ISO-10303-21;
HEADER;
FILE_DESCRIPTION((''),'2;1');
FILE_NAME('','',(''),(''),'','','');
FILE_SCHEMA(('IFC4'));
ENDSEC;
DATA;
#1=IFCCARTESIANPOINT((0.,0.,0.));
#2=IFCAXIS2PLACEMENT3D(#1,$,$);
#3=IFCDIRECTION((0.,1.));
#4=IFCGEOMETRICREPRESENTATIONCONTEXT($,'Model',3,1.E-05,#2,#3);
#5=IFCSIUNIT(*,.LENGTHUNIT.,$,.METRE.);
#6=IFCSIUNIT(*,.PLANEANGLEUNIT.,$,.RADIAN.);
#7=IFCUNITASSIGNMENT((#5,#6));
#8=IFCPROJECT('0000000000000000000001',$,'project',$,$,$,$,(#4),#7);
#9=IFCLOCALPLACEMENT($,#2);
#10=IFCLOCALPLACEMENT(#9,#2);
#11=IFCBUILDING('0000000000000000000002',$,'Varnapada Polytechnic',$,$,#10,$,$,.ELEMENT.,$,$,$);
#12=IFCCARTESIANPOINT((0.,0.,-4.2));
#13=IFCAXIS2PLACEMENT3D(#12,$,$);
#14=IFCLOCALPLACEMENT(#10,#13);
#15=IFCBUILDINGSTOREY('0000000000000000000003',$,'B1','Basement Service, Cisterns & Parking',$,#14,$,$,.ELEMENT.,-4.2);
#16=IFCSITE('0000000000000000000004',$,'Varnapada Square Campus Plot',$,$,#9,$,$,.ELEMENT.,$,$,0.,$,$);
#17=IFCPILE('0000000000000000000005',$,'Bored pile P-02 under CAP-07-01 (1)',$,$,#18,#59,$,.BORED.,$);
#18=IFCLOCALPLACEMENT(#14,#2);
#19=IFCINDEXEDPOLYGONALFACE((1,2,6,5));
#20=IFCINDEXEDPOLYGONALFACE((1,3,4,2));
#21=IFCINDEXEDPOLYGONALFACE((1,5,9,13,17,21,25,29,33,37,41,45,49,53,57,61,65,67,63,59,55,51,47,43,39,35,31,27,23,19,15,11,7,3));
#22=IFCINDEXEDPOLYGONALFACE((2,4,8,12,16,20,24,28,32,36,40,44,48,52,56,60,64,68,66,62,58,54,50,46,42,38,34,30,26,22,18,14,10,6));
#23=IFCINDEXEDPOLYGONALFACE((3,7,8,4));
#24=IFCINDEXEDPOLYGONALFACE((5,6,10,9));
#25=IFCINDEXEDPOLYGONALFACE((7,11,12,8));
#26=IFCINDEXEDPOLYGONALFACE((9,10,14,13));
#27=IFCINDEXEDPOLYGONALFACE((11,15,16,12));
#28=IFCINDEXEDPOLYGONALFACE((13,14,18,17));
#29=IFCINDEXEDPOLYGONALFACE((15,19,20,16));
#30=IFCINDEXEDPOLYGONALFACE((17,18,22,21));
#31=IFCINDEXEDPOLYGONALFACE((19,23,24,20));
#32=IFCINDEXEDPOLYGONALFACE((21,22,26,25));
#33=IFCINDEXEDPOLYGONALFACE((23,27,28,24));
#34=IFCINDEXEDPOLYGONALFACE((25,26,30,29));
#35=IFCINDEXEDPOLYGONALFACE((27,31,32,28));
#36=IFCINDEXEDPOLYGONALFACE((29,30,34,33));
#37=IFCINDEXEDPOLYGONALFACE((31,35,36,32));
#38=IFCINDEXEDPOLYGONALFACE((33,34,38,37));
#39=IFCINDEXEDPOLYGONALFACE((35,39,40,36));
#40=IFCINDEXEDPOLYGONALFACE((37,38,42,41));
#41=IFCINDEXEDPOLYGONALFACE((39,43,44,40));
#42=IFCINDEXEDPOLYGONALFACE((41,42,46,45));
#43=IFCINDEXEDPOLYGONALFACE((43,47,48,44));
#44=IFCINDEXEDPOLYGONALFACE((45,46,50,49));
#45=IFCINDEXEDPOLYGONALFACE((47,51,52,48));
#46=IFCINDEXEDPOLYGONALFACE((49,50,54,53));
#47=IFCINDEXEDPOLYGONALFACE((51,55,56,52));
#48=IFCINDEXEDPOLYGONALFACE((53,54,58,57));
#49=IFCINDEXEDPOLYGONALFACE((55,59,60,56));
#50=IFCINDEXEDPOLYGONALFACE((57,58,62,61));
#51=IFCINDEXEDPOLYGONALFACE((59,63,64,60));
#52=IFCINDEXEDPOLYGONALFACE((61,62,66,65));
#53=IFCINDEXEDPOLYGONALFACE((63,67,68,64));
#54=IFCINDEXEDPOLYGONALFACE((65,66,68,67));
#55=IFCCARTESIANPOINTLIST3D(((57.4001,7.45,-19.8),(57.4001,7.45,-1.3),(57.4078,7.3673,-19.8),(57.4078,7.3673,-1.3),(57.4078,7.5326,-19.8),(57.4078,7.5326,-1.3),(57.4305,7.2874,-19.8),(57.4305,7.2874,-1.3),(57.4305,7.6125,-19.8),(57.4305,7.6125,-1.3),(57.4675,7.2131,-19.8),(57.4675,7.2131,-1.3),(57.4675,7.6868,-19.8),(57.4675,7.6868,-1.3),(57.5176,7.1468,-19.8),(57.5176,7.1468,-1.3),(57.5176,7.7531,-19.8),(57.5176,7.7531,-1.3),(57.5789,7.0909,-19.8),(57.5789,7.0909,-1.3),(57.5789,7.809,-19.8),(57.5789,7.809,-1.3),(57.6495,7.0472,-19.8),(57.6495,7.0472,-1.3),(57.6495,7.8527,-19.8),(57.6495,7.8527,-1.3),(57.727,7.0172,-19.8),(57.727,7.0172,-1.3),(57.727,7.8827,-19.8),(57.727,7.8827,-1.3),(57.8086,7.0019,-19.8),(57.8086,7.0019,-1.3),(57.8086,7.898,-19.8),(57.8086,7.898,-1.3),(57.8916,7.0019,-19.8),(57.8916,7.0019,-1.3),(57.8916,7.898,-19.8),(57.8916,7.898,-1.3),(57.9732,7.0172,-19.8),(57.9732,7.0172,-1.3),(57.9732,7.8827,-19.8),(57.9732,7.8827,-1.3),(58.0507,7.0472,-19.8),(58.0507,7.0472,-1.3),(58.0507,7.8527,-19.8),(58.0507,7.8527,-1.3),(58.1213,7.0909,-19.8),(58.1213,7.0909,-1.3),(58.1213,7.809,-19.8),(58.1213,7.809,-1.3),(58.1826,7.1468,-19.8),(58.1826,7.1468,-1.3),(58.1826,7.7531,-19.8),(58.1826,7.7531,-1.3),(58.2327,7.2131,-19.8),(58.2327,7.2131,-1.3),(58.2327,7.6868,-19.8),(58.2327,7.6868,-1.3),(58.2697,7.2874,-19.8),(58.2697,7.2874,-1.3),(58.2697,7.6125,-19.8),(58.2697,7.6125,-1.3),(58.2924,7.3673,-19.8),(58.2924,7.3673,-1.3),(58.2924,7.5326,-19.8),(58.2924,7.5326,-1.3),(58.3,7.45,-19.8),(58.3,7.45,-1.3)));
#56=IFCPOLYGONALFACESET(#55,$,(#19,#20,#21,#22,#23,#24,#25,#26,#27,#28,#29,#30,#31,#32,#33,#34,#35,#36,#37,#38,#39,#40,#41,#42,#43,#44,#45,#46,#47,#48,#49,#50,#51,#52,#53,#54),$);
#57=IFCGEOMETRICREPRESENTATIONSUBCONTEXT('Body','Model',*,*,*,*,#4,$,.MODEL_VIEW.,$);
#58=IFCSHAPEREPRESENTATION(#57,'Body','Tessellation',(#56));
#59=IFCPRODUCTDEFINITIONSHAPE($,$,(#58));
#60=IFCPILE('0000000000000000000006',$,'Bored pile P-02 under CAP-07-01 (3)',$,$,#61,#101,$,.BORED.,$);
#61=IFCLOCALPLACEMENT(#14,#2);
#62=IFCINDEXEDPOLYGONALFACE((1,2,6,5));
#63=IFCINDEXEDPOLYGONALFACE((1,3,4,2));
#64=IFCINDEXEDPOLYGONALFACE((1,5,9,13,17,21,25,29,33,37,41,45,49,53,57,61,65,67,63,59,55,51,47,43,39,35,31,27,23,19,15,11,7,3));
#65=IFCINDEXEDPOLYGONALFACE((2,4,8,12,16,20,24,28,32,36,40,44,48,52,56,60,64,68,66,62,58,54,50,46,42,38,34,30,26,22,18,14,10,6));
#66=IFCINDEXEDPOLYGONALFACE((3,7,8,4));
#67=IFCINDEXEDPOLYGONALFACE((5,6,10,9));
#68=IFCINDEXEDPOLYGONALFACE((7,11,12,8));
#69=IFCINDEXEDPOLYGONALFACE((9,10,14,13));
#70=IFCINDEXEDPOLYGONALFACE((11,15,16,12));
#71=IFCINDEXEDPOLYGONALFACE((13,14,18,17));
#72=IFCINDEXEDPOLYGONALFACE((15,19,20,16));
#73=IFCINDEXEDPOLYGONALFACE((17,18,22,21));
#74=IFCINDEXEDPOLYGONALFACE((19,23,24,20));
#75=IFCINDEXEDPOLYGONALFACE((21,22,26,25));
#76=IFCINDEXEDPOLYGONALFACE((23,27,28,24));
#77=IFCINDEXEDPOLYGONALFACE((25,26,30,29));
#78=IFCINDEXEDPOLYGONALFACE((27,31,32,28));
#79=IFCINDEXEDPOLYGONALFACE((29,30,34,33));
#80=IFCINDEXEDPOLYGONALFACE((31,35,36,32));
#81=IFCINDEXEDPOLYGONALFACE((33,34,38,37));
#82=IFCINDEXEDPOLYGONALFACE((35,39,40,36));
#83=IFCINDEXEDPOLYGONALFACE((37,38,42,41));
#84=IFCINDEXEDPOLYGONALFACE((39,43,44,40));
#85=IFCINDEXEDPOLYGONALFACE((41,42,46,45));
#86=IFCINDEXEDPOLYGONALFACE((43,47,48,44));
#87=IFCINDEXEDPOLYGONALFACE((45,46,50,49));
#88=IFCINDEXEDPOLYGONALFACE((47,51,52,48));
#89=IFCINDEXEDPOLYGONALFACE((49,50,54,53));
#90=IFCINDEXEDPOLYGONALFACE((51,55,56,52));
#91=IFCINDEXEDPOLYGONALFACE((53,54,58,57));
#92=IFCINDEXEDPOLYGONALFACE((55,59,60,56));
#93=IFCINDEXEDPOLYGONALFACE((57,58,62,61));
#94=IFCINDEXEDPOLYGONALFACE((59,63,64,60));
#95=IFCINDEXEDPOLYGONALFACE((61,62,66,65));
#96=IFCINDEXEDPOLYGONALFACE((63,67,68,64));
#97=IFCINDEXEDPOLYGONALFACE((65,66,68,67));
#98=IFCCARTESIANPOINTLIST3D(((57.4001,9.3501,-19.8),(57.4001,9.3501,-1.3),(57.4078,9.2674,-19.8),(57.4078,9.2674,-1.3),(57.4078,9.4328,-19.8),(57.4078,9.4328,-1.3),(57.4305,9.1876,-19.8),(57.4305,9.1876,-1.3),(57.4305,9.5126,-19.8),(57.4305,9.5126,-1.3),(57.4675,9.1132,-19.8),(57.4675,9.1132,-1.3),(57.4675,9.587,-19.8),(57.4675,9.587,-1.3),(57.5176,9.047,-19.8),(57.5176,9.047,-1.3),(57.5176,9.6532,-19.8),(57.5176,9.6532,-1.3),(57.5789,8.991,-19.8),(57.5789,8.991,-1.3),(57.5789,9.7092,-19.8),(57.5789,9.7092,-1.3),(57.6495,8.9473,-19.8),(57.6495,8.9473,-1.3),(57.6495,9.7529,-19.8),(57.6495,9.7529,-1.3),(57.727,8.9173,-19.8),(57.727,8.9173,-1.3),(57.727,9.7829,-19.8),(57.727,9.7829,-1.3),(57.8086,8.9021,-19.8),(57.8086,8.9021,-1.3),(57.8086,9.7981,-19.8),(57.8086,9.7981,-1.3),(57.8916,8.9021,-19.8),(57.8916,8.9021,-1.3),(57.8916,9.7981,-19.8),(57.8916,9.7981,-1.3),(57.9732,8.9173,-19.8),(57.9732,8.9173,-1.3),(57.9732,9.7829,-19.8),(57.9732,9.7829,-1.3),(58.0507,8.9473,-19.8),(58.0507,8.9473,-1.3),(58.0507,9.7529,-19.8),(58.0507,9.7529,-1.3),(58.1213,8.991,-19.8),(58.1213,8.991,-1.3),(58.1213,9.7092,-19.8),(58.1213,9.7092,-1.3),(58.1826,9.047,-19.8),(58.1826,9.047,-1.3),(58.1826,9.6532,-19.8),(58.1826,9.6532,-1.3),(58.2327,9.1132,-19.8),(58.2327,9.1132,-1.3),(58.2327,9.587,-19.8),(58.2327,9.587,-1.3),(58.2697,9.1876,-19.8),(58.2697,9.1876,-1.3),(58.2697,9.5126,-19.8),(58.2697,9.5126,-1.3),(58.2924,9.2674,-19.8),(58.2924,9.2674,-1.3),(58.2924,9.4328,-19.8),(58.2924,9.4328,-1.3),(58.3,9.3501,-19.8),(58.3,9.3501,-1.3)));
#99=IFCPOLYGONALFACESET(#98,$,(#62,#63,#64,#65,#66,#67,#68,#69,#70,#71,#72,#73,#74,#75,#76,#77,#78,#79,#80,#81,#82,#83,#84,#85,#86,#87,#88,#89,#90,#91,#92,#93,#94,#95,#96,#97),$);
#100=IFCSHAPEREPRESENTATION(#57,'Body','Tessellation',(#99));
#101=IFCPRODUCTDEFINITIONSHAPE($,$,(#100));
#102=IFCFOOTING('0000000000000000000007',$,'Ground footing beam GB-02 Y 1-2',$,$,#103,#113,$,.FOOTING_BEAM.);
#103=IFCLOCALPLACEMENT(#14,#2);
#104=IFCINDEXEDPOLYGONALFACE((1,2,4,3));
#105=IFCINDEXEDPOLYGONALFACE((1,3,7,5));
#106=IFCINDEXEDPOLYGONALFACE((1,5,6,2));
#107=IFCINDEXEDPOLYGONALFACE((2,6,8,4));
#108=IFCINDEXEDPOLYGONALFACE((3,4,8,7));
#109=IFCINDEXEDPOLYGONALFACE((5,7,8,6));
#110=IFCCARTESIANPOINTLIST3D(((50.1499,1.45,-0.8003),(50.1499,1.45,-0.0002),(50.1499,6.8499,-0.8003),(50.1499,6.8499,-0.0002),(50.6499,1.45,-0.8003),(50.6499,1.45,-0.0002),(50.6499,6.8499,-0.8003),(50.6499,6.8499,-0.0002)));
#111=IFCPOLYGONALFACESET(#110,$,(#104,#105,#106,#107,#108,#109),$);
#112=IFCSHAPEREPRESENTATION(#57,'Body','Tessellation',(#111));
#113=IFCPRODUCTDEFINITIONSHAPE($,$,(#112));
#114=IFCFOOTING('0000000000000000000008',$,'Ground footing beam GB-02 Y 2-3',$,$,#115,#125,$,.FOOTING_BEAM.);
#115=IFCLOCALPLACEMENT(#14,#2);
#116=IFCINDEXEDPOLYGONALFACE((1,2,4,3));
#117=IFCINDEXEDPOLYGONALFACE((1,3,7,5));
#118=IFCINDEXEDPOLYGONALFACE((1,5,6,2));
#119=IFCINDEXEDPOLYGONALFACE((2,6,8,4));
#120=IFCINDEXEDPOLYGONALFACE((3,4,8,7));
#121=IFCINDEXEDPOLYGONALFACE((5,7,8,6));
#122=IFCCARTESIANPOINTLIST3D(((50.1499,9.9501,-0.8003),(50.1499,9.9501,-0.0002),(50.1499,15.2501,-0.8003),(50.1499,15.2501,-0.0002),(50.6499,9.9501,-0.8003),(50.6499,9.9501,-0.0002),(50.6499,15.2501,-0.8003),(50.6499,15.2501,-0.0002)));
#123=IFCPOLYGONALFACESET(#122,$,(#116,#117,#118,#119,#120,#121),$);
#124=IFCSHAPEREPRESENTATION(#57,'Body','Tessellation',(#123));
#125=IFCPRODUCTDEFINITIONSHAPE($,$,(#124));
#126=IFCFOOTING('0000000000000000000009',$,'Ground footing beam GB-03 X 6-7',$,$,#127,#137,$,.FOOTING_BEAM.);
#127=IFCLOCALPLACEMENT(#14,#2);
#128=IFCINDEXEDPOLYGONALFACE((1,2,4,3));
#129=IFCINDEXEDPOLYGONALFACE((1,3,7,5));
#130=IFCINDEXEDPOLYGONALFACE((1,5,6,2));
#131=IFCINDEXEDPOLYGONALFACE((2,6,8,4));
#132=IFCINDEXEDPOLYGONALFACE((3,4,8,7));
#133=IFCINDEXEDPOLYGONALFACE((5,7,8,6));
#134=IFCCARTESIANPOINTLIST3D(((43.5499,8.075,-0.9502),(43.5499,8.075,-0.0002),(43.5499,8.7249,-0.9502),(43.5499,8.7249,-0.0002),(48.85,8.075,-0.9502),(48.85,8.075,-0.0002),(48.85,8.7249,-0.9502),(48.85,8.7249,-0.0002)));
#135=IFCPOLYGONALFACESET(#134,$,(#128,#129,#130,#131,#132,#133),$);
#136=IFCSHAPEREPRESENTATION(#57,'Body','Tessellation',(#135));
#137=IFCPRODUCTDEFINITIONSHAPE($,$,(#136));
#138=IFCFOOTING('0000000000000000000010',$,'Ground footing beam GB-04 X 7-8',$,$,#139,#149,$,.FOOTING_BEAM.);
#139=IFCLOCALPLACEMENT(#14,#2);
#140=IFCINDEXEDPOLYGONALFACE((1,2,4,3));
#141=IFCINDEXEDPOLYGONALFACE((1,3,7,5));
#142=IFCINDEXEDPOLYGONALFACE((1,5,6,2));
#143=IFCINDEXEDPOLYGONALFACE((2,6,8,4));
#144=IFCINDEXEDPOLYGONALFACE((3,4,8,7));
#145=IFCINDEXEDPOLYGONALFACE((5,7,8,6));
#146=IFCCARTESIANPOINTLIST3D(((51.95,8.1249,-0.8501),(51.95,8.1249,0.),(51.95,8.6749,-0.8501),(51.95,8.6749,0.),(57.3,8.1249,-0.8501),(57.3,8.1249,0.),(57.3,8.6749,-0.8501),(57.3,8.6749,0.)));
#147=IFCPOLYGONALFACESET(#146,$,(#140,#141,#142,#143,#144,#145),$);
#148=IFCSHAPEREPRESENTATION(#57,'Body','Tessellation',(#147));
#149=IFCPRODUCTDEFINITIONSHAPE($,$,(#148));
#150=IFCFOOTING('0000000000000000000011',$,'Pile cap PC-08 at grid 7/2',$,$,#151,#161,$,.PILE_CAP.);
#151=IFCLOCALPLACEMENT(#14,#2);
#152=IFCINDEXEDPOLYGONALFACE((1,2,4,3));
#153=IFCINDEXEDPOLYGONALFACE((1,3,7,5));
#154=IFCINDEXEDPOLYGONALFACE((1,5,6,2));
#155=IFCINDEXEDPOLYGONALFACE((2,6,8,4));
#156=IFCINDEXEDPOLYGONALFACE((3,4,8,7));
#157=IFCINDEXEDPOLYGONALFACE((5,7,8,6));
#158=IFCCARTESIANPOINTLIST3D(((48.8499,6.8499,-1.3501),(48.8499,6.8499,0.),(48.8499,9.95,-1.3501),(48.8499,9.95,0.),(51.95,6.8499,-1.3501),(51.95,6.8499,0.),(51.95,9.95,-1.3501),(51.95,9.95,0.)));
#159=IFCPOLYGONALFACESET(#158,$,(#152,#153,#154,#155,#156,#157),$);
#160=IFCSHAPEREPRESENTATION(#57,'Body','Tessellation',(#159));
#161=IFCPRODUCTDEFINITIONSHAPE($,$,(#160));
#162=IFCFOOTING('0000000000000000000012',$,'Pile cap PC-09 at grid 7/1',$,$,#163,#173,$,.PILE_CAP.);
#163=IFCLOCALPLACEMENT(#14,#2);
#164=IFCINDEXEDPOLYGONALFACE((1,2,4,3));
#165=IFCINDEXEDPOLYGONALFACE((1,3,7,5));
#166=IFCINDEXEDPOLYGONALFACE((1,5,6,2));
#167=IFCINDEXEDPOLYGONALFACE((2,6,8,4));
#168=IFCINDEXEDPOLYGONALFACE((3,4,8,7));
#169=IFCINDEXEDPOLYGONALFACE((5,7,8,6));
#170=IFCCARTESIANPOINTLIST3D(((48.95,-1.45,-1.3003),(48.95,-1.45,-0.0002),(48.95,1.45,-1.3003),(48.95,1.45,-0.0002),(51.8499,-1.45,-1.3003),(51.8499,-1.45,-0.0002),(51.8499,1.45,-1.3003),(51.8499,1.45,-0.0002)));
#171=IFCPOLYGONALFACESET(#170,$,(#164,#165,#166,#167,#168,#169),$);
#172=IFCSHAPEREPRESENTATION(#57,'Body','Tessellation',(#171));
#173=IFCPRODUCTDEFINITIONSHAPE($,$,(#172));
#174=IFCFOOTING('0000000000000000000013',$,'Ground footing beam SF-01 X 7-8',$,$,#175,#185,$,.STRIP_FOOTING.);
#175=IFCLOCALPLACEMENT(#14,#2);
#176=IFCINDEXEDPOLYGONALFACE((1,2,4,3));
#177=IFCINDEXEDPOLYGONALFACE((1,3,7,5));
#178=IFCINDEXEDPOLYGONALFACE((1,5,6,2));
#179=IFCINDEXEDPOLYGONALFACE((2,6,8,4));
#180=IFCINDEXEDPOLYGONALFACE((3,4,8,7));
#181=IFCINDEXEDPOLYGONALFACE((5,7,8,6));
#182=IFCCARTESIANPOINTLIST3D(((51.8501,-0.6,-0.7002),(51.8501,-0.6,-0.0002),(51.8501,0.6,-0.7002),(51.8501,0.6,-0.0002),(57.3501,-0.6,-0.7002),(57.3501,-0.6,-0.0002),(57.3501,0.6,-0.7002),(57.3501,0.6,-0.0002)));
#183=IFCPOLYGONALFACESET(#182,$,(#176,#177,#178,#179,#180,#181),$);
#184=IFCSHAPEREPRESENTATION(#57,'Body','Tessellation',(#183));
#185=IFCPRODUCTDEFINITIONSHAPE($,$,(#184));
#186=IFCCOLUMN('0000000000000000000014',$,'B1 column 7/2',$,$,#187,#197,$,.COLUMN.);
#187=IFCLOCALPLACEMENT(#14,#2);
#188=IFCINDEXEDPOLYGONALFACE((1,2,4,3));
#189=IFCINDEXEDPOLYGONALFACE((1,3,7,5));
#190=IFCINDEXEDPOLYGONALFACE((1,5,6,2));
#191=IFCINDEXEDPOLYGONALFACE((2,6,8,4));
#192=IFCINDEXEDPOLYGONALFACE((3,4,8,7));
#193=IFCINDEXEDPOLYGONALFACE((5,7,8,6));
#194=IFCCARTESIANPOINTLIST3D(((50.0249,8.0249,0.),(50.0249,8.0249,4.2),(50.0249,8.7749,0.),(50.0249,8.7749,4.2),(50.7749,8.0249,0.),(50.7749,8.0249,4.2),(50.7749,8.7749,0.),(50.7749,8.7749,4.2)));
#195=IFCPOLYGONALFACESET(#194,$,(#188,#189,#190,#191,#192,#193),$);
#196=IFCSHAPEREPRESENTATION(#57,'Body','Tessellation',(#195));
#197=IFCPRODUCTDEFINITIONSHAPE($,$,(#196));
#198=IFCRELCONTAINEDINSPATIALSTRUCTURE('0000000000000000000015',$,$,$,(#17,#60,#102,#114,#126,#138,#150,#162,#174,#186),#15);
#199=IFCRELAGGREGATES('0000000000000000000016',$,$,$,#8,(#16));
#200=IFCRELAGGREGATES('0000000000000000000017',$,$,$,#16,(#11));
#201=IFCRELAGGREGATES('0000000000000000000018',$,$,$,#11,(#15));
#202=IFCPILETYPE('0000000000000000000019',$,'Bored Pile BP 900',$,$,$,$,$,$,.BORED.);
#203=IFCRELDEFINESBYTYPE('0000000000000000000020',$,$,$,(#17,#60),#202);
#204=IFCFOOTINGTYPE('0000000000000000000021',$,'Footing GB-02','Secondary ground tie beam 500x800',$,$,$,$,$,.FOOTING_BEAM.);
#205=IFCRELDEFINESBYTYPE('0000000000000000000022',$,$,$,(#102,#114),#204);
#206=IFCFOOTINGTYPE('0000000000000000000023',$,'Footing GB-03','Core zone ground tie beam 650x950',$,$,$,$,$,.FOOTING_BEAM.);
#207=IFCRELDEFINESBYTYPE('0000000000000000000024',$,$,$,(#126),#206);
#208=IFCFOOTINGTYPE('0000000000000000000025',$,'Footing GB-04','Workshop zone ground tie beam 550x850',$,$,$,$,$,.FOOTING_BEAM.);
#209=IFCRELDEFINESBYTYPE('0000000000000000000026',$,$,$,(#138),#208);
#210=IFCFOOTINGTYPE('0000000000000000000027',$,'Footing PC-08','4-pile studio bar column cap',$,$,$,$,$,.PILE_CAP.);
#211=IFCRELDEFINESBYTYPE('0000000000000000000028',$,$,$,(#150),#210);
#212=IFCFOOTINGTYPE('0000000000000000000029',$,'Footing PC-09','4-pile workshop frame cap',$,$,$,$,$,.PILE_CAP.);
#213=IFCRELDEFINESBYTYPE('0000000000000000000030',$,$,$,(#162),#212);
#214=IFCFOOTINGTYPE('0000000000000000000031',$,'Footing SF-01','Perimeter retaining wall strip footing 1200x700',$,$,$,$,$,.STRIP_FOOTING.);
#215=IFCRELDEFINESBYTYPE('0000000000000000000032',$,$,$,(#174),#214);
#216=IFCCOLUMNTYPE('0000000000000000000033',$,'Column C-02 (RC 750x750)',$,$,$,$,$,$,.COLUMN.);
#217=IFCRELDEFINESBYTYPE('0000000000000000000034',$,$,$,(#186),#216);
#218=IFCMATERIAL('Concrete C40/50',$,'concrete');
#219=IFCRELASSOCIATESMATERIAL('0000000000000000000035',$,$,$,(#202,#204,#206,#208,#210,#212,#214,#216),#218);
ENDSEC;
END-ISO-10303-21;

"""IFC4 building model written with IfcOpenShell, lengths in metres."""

from ifc_helpers import new_model, si_unit, direction, frame, origin, origin_2d, place, context, subcontext, project, spatial, rectangle, circle, extrude, material, material_profile, profile_set, type_object, element, save


model = new_model("IFC4")

# Units and contexts
model_context = context("Model", 3, precision=1e-05, world=origin(), true_north=direction((0.0, 1.0)))
body_context = subcontext(model_context, "Body", "Model", "MODEL_VIEW")
ifc_project = project(units=[si_unit("LENGTHUNIT", "METRE"), si_unit("PLANEANGLEUNIT", "RADIAN")], contexts=[model_context])

# Site, building, storey
site_placement = place(None, origin())
site = spatial("IfcSite", under=ifc_project, at=site_placement, Name="Varnapada Square Campus Plot", CompositionType="ELEMENT", RefElevation=0.0)
building_placement = place(site_placement, origin())
building = spatial("IfcBuilding", under=site, at=building_placement, Name="Varnapada Polytechnic", CompositionType="ELEMENT")
storey_placement = place(building_placement, frame((0.0, 0.0, -4.2)))
storey = spatial("IfcBuildingStorey", under=building, at=storey_placement, Name="B1", Description="Basement Service, Cisterns & Parking", CompositionType="ELEMENT", Elevation=-4.2)

# Piles
ifc_material_1 = material(Name="Concrete C40/50", Category="concrete")
ifc_material_profile_1 = material_profile(ifc_material_1, circle(Radius=0.45, at=origin_2d()), Name="BP 900")
ifc_profile_set_1 = profile_set([ifc_material_profile_1], Name="Concrete C40/50")
pile_type_1 = type_object("IfcPileType", Name="Bored Pile BP 900", PredefinedType="BORED", material=ifc_profile_set_1)
for number, where, z_axis, x_axis, name in (
    (1, (57.8501, 7.45, -1.3), (0.0, 0.0, -1.0), (1.0, 0.0, 0.0), "Bored pile P-02 under CAP-07-01 (1)"),
    (2, (57.8501, 9.3501, -1.3), (0.0, 0.0, -1.0), (1.0, 0.0, 0.0), "Bored pile P-02 under CAP-07-01 (3)"),
):
    element("IfcPile", number, at=place(storey_placement, frame(where, z_axis=z_axis, x_axis=x_axis)), inside=storey, type_object=pile_type_1, Name=name, PredefinedType="BORED", context=body_context, shape_type="SweptSolid", body=[
        extrude(circle(Radius=0.45, at=origin_2d()), origin(), (0.0, 0.0, 1.0), 18.5),
    ])

# Footings
footing_type_1 = type_object("IfcFootingType", Name="Footing GB-02", Description="Secondary ground tie beam 500x800", PredefinedType="FOOTING_BEAM", material=ifc_material_1)
footing_1_placement = place(storey_placement, frame((50.3999, 4.1499, -0.8003), z_axis=(0.0, 0.0, 1.0), x_axis=(0.0, 1.0, 0.0)))
element("IfcFooting", 3, at=footing_1_placement, inside=storey, type_object=footing_type_1, Name="Ground footing beam GB-02 Y 1-2", PredefinedType="FOOTING_BEAM", context=body_context, shape_type="SweptSolid", body=[
    extrude(rectangle(XDim=5.3999, YDim=0.5, at=origin_2d()), origin(), (0.0, 0.0, 1.0), 0.8),
])
footing_2_placement = place(storey_placement, frame((50.3999, 12.6001, -0.8003), z_axis=(0.0, 0.0, 1.0), x_axis=(0.0, 1.0, 0.0)))
element("IfcFooting", 4, at=footing_2_placement, inside=storey, type_object=footing_type_1, Name="Ground footing beam GB-02 Y 2-3", PredefinedType="FOOTING_BEAM", context=body_context, shape_type="SweptSolid", body=[
    extrude(rectangle(XDim=5.3, YDim=0.5, at=origin_2d()), origin(), (0.0, 0.0, 1.0), 0.8),
])
footing_type_2 = type_object("IfcFootingType", Name="Footing GB-03", Description="Core zone ground tie beam 650x950", PredefinedType="FOOTING_BEAM", material=ifc_material_1)
footing_3_placement = place(storey_placement, frame((46.2, 8.3999, -0.9502), z_axis=(0.0, 0.0, 1.0), x_axis=(1.0, 0.0, 0.0)))
element("IfcFooting", 5, at=footing_3_placement, inside=storey, type_object=footing_type_2, Name="Ground footing beam GB-03 X 6-7", PredefinedType="FOOTING_BEAM", context=body_context, shape_type="SweptSolid", body=[
    extrude(rectangle(XDim=5.3, YDim=0.6499, at=origin_2d()), origin(), (0.0, 0.0, 1.0), 0.95),
])
footing_type_3 = type_object("IfcFootingType", Name="Footing GB-04", Description="Workshop zone ground tie beam 550x850", PredefinedType="FOOTING_BEAM", material=ifc_material_1)
footing_4_placement = place(storey_placement, frame((54.625, 8.3999, -0.8501), z_axis=(0.0, 0.0, 1.0), x_axis=(1.0, 0.0, 0.0)))
element("IfcFooting", 6, at=footing_4_placement, inside=storey, type_object=footing_type_3, Name="Ground footing beam GB-04 X 7-8", PredefinedType="FOOTING_BEAM", context=body_context, shape_type="SweptSolid", body=[
    extrude(rectangle(XDim=5.3501, YDim=0.55, at=origin_2d()), origin(), (0.0, 0.0, 1.0), 0.8501),
])
footing_type_4 = type_object("IfcFootingType", Name="Footing PC-08", Description="4-pile studio bar column cap", PredefinedType="PILE_CAP", material=ifc_material_1)
footing_5_placement = place(storey_placement, frame((50.3999, 8.3999, -1.3501), z_axis=(0.0, 0.0, 1.0), x_axis=(1.0, 0.0, 0.0)))
element("IfcFooting", 7, at=footing_5_placement, inside=storey, type_object=footing_type_4, Name="Pile cap PC-08 at grid 7/2", PredefinedType="PILE_CAP", context=body_context, shape_type="SweptSolid", body=[
    extrude(rectangle(XDim=3.1001, YDim=3.1001, at=origin_2d()), origin(), (0.0, 0.0, 1.0), 1.3501),
])
footing_type_5 = type_object("IfcFootingType", Name="Footing PC-09", Description="4-pile workshop frame cap", PredefinedType="PILE_CAP", material=ifc_material_1)
footing_6_placement = place(storey_placement, frame((50.3999, 0.0, -1.3003), z_axis=(0.0, 0.0, 1.0), x_axis=(1.0, 0.0, 0.0)))
element("IfcFooting", 8, at=footing_6_placement, inside=storey, type_object=footing_type_5, Name="Pile cap PC-09 at grid 7/1", PredefinedType="PILE_CAP", context=body_context, shape_type="SweptSolid", body=[
    extrude(rectangle(XDim=2.8999, YDim=2.8999, at=origin_2d()), origin(), (0.0, 0.0, 1.0), 1.3),
])
footing_type_6 = type_object("IfcFootingType", Name="Footing SF-01", Description="Perimeter retaining wall strip footing 1200x700", PredefinedType="STRIP_FOOTING", material=ifc_material_1)
footing_7_placement = place(storey_placement, frame((54.6001, 0.0, -0.7002), z_axis=(0.0, 0.0, 1.0), x_axis=(1.0, 0.0, 0.0)))
element("IfcFooting", 9, at=footing_7_placement, inside=storey, type_object=footing_type_6, Name="Ground footing beam SF-01 X 7-8", PredefinedType="STRIP_FOOTING", context=body_context, shape_type="SweptSolid", body=[
    extrude(rectangle(XDim=5.5, YDim=1.2, at=origin_2d()), origin(), (0.0, 0.0, 1.0), 0.7),
])

# Column
ifc_material_profile_2 = material_profile(ifc_material_1, rectangle(XDim=0.75, YDim=0.75, at=origin_2d()), Name="RC 750x750")
ifc_profile_set_2 = profile_set([ifc_material_profile_2], Name="Concrete C40/50")
column_type_1 = type_object("IfcColumnType", Name="Column C-02 (RC 750x750)", PredefinedType="COLUMN", material=ifc_profile_set_2)
column_1_placement = place(storey_placement, frame((50.3999, 8.3999, 0.0), z_axis=(0.0, 0.0, 1.0), x_axis=(1.0, 0.0, 0.0)))
element("IfcColumn", 10, at=column_1_placement, inside=storey, type_object=column_type_1, Name="B1 column 7/2", PredefinedType="COLUMN", context=body_context, shape_type="SweptSolid", body=[
    extrude(rectangle(XDim=0.75, YDim=0.75, at=origin_2d()), origin(), (0.0, 0.0, 1.0), 4.2),
])

save(model, "model.ifc")
